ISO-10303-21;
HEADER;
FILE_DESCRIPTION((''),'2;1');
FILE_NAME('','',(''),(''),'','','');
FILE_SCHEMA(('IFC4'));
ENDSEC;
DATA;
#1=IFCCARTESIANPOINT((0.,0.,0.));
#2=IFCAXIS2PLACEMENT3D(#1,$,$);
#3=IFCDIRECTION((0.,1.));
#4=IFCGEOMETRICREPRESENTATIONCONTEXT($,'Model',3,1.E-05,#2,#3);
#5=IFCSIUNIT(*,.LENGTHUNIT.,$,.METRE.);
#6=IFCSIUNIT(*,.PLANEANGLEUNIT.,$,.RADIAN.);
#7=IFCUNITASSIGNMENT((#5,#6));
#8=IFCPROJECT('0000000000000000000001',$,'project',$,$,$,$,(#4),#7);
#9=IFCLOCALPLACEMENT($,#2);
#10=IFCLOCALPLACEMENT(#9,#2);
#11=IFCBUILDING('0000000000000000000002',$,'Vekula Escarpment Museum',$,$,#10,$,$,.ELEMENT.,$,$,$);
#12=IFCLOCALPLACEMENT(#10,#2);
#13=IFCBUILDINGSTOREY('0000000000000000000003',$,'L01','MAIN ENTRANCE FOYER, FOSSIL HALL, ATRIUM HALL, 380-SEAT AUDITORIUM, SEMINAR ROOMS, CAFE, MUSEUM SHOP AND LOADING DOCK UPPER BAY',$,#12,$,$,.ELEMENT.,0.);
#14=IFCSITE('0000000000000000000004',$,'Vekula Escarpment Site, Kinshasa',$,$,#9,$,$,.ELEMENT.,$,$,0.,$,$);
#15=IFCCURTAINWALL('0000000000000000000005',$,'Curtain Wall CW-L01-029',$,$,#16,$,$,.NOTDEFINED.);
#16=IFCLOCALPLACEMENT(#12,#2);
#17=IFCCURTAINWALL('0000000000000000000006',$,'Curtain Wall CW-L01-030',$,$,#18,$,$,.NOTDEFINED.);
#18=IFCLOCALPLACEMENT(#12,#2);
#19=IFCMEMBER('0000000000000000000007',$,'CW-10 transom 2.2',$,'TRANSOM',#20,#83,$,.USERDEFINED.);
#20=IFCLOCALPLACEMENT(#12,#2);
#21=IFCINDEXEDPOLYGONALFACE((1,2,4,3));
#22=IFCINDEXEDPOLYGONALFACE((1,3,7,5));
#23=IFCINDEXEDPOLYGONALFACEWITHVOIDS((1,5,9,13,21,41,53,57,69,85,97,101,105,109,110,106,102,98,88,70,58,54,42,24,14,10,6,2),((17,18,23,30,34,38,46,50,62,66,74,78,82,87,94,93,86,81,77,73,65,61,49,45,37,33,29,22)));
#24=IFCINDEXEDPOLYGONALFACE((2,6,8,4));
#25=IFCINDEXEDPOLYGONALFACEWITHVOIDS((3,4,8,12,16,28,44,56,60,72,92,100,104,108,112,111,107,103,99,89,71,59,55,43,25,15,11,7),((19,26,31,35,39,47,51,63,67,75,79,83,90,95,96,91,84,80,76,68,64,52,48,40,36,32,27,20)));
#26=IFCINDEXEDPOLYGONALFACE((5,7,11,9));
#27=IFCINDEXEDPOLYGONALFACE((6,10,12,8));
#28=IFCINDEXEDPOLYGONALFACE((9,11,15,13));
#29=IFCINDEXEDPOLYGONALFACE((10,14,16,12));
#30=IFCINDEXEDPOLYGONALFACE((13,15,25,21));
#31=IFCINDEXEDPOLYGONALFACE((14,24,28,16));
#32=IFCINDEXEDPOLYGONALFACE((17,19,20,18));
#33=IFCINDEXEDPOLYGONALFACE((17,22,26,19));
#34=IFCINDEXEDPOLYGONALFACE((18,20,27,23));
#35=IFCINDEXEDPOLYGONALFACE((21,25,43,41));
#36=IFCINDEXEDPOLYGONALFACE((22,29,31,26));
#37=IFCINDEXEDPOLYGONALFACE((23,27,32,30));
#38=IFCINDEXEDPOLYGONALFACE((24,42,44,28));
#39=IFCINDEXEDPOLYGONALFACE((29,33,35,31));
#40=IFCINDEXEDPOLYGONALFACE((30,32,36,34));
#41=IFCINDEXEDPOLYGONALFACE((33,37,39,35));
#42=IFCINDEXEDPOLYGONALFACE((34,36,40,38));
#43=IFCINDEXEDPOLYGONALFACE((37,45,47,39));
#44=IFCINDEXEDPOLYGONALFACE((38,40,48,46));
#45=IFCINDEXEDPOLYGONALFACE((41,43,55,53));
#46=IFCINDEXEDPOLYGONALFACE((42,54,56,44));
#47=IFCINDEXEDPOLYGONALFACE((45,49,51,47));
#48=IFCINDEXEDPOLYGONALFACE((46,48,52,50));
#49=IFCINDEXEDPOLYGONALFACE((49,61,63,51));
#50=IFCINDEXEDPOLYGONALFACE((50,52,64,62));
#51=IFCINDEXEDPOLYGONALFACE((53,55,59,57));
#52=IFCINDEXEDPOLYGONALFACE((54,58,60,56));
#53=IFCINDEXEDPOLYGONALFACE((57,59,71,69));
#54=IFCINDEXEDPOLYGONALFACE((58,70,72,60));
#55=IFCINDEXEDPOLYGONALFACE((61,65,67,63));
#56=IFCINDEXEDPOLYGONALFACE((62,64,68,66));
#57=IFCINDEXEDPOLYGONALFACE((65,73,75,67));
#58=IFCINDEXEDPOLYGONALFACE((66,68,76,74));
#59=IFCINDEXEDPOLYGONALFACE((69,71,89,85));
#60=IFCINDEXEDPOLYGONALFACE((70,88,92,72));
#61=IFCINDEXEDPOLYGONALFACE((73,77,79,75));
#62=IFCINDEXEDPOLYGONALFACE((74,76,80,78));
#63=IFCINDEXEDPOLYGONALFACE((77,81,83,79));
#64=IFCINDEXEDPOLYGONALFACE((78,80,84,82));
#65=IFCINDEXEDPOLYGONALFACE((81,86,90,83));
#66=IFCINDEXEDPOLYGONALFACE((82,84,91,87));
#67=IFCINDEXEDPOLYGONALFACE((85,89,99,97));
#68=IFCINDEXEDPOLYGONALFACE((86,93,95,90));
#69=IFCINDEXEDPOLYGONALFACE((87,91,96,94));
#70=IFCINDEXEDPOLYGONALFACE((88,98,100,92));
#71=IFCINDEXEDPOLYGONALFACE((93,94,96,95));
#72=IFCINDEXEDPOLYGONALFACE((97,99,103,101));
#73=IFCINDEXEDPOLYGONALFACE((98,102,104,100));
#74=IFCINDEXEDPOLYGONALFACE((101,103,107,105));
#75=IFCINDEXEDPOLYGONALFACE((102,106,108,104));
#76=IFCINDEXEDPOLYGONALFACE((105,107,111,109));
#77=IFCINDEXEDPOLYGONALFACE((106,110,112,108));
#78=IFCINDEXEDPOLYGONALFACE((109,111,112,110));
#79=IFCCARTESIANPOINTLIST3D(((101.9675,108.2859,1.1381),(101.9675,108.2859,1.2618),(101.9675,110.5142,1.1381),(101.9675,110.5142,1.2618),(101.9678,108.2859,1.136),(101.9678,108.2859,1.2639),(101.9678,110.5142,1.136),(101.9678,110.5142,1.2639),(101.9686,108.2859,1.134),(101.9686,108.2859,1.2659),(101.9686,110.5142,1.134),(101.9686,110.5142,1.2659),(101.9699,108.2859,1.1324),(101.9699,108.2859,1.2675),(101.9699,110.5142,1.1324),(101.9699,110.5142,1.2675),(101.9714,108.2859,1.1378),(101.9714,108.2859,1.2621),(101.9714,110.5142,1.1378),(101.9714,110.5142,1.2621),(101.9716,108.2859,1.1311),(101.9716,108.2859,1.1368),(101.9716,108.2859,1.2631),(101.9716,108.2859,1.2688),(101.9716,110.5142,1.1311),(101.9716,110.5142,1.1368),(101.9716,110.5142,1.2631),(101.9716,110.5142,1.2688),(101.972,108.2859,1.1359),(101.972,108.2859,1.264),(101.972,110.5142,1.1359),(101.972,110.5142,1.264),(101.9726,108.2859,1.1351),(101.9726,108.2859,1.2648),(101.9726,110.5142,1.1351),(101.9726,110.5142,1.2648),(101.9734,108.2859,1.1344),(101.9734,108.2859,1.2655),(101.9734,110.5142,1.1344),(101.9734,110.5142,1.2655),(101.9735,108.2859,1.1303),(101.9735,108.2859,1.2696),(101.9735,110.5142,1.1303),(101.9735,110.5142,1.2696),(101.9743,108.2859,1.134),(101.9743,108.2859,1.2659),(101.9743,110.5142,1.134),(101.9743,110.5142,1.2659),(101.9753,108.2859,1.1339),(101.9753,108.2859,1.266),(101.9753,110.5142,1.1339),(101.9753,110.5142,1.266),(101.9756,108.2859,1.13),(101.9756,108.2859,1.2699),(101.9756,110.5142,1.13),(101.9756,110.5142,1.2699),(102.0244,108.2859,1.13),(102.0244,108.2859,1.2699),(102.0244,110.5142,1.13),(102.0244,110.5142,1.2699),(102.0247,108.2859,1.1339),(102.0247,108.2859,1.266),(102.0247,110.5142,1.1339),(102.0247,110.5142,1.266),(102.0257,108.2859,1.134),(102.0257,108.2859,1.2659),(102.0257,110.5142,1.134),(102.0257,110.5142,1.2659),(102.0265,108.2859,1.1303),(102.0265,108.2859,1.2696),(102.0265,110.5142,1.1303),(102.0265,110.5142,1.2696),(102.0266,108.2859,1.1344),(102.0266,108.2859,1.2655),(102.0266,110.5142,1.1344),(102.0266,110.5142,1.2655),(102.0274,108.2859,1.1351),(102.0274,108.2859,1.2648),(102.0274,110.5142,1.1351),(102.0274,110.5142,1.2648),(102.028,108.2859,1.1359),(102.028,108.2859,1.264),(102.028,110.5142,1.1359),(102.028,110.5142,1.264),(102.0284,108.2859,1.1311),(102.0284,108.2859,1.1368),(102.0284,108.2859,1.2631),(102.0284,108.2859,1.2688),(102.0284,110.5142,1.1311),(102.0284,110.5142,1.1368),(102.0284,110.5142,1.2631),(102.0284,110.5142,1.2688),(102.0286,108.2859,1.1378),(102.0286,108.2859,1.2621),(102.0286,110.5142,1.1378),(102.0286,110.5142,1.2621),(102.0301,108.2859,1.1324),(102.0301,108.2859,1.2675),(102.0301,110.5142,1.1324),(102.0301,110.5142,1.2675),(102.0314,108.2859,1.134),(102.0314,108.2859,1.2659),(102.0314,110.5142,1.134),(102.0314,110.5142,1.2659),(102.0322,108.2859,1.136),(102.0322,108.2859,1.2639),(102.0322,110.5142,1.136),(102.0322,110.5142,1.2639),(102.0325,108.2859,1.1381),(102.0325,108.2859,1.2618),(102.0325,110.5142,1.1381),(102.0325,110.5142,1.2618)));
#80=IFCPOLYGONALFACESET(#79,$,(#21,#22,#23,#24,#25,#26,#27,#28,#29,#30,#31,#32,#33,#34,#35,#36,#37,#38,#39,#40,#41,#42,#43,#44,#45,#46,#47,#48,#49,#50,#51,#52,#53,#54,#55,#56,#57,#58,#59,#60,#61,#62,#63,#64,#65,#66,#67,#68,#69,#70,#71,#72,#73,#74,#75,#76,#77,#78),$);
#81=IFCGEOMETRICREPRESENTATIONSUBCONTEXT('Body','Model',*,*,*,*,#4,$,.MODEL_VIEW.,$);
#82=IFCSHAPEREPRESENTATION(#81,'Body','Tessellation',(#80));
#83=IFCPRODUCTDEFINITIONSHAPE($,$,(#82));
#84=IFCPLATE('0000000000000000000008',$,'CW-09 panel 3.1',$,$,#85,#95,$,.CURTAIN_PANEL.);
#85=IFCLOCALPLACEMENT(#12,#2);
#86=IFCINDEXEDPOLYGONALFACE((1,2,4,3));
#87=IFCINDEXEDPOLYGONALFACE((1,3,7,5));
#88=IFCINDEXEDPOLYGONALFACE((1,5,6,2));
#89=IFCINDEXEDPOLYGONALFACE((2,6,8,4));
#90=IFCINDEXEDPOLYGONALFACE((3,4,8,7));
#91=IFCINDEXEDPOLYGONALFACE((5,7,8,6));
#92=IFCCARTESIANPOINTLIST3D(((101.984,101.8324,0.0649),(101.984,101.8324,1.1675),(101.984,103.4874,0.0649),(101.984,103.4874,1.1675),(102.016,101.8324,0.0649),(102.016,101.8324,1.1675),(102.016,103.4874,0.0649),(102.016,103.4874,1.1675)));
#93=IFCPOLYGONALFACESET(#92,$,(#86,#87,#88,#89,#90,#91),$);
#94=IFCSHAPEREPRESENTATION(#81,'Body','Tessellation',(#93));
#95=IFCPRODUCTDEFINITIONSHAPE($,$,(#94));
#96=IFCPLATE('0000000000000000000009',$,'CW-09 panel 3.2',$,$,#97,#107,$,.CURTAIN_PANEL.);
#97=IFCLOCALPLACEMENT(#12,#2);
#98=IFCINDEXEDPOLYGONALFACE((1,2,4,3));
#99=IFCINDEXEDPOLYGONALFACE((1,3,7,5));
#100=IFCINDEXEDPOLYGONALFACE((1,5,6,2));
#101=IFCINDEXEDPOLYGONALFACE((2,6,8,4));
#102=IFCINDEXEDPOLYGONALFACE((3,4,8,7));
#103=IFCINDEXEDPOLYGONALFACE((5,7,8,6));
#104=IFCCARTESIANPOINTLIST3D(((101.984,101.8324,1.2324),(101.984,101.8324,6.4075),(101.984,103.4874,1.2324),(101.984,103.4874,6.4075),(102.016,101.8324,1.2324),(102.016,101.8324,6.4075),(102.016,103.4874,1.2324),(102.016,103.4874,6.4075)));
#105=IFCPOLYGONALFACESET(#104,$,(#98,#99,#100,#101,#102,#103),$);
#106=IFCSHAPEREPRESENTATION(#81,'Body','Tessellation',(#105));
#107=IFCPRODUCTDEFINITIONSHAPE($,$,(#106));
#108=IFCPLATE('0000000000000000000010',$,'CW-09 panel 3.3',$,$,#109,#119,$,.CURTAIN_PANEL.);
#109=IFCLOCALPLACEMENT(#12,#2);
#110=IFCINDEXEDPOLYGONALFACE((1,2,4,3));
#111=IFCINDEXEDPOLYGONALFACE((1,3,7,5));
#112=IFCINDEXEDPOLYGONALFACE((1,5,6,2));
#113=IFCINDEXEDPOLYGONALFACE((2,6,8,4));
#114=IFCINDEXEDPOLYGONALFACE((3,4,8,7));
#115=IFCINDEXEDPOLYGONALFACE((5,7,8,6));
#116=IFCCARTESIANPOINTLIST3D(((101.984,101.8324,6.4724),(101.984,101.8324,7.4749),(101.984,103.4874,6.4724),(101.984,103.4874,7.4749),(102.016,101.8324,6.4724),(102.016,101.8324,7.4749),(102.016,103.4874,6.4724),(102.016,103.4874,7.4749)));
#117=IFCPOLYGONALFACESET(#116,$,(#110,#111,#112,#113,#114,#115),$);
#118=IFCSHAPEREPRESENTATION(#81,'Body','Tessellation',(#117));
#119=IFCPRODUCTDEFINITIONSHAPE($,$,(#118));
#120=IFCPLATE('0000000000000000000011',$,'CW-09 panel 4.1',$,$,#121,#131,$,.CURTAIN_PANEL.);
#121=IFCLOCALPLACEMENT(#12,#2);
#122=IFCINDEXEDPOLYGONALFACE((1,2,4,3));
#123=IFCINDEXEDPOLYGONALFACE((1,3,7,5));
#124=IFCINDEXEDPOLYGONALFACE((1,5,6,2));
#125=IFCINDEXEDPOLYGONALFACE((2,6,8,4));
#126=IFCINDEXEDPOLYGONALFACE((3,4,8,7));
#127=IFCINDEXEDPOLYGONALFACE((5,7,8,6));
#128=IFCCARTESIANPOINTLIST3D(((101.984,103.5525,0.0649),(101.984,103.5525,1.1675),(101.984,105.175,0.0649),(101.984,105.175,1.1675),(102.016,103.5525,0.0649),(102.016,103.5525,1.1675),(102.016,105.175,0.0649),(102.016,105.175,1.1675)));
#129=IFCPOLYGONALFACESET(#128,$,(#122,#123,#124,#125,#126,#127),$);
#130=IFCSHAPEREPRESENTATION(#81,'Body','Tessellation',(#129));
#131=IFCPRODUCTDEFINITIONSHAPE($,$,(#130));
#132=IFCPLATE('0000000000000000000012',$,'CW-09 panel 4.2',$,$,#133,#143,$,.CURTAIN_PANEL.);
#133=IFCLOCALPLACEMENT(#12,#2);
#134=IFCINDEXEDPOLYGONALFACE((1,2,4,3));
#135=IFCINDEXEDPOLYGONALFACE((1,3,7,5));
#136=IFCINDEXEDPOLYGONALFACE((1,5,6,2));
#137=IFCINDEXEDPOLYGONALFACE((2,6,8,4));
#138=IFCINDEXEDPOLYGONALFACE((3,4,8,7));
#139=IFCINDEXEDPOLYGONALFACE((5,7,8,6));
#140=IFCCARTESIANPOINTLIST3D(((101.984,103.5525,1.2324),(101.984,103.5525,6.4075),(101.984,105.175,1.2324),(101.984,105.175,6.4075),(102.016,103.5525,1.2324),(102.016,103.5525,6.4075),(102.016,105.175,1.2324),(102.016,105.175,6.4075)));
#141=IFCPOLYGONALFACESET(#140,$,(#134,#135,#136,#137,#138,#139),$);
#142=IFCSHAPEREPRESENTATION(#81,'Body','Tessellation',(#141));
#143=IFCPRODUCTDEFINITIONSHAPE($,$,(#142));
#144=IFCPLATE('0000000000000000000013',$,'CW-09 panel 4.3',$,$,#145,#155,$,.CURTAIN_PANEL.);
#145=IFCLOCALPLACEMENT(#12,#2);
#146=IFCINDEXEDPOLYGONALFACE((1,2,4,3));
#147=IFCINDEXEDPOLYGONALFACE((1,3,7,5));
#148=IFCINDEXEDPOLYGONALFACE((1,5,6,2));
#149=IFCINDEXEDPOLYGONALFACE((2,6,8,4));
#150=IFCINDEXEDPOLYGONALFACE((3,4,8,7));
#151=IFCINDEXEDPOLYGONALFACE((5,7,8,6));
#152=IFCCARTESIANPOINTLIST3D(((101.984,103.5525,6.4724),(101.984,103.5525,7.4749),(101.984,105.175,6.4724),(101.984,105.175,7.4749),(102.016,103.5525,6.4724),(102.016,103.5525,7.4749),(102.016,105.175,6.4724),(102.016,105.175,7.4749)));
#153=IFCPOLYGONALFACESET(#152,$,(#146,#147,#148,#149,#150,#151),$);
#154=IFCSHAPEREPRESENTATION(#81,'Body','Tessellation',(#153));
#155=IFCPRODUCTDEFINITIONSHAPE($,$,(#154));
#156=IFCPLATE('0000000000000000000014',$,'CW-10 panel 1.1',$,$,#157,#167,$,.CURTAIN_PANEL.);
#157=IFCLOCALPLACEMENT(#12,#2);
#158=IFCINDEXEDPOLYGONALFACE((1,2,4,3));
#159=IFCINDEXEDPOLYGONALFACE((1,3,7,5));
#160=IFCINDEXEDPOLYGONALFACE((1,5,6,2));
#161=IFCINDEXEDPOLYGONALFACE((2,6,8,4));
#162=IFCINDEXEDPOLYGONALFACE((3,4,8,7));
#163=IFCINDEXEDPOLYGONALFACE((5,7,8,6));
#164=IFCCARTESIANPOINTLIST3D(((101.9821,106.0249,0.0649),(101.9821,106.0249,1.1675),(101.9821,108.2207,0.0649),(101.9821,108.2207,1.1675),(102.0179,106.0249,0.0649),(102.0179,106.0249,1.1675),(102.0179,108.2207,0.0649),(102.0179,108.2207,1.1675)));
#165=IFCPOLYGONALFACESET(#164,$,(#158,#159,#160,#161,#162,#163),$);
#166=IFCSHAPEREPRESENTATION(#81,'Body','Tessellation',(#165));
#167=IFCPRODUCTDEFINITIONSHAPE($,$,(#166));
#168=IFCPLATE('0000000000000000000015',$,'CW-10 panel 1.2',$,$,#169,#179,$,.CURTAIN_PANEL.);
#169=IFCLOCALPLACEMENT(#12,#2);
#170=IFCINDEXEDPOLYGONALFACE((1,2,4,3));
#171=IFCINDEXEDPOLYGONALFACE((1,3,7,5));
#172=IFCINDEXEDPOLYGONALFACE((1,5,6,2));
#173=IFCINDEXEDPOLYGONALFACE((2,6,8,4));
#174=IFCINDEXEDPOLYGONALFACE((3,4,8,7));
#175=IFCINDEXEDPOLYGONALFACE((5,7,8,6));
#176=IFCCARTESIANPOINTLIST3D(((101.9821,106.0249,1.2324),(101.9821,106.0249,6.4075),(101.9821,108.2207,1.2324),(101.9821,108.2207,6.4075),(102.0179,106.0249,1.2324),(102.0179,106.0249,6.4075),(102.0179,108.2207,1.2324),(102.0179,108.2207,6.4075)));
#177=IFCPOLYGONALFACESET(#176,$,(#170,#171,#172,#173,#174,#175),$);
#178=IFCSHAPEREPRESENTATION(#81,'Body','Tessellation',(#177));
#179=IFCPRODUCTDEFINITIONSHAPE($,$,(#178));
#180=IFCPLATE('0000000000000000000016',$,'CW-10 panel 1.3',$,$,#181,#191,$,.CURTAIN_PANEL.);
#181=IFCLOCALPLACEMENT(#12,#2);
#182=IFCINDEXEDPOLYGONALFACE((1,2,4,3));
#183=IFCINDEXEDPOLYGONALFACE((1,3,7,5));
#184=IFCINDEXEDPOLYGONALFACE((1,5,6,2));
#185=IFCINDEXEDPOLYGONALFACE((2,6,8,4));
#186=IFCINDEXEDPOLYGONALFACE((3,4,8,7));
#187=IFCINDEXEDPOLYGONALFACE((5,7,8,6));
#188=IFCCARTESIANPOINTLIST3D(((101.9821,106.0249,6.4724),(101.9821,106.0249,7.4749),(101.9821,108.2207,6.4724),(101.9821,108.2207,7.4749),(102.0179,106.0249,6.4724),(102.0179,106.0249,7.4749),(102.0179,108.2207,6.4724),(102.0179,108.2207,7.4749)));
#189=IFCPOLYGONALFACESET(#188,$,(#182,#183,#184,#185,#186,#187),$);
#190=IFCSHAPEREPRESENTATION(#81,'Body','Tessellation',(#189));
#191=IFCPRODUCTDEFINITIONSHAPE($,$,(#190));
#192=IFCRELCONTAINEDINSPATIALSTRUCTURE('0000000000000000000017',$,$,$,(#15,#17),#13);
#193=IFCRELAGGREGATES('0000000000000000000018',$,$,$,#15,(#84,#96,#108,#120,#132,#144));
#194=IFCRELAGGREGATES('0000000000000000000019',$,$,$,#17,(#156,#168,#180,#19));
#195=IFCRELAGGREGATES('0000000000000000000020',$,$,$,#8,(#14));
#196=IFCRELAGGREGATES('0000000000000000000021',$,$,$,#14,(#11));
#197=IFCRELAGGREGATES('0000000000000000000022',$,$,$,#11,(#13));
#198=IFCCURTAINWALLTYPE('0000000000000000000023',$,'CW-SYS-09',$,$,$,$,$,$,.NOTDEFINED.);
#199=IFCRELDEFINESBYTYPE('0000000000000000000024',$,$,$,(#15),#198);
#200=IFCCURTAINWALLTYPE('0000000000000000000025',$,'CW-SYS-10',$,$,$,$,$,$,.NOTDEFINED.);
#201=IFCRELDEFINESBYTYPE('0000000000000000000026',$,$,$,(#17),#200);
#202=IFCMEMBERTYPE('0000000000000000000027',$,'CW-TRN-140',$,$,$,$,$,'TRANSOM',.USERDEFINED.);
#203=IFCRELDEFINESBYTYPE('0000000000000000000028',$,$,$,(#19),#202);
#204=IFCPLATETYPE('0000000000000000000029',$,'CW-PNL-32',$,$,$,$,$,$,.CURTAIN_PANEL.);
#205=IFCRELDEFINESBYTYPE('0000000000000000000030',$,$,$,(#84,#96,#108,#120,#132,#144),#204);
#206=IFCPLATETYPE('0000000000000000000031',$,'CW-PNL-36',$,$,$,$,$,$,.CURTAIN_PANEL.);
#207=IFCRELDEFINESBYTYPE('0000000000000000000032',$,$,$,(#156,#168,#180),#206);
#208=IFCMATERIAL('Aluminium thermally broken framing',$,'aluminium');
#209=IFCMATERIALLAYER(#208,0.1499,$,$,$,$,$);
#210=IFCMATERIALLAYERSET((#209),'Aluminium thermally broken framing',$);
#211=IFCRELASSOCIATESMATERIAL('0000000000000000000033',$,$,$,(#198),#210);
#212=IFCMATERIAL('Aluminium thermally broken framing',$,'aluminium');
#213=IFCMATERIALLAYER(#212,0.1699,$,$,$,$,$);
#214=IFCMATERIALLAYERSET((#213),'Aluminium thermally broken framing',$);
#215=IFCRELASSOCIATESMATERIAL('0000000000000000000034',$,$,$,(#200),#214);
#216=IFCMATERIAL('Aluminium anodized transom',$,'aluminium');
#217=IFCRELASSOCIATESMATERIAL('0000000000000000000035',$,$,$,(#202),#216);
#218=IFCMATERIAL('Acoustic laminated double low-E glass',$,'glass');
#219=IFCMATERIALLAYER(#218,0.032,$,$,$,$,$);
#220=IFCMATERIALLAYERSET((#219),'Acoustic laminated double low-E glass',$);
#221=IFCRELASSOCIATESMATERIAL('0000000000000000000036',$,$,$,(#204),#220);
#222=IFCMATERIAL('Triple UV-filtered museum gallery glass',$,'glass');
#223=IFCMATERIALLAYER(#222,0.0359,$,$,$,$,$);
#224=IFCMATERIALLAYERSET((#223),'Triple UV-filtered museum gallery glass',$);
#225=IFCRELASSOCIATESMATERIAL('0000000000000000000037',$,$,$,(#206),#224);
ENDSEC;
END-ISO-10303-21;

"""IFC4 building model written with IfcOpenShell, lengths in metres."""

from ifc_helpers import new_model, si_unit, direction, frame, origin, origin_2d, place, context, subcontext, project, spatial, rectangle, hollow_rectangle, extrude, material, layer, layer_set, material_profile, profile_set, type_object, element, aggregate, save


model = new_model("IFC4")

# Units and contexts
model_context = context("Model", 3, precision=1e-05, world=origin(), true_north=direction((0.0, 1.0)))
body_context = subcontext(model_context, "Body", "Model", "MODEL_VIEW")
ifc_project = project(units=[si_unit("LENGTHUNIT", "METRE"), si_unit("PLANEANGLEUNIT", "RADIAN")], contexts=[model_context])

# Site, building, storey
site_placement = place(None, origin())
site = spatial("IfcSite", under=ifc_project, at=site_placement, Name="Vekula Escarpment Site, Kinshasa", CompositionType="ELEMENT", RefElevation=0.0)
building_placement = place(site_placement, origin())
building = spatial("IfcBuilding", under=site, at=building_placement, Name="Vekula Escarpment Museum", CompositionType="ELEMENT")
storey_placement = place(building_placement, origin())
storey = spatial("IfcBuildingStorey", under=building, at=storey_placement, Name="L01", Description="MAIN ENTRANCE FOYER, FOSSIL HALL, ATRIUM HALL, 380-SEAT AUDITORIUM, SEMINAR ROOMS, CAFE, MUSEUM SHOP AND LOADING DOCK UPPER BAY", CompositionType="ELEMENT", Elevation=0.0)

# Curtain walls
ifc_material_1 = material(Name="Aluminium thermally broken framing", Category="aluminium")
ifc_layer_1 = layer(ifc_material_1, 0.1499)
ifc_layer_set_1 = layer_set([ifc_layer_1], Name="Aluminium thermally broken framing")
curtain_wall_type_1 = type_object("IfcCurtainWallType", Name="CW-SYS-09", PredefinedType="NOTDEFINED", material=ifc_layer_set_1)
curtain_wall_1_placement = place(storey_placement, origin())
curtain_wall_1 = element("IfcCurtainWall", 1, at=curtain_wall_1_placement, inside=storey, type_object=curtain_wall_type_1, Name="Curtain Wall CW-L01-029", PredefinedType="NOTDEFINED")
ifc_material_2 = material(Name="Aluminium thermally broken framing", Category="aluminium")
ifc_layer_2 = layer(ifc_material_2, 0.1699)
ifc_layer_set_2 = layer_set([ifc_layer_2], Name="Aluminium thermally broken framing")
curtain_wall_type_2 = type_object("IfcCurtainWallType", Name="CW-SYS-10", PredefinedType="NOTDEFINED", material=ifc_layer_set_2)
curtain_wall_2_placement = place(storey_placement, origin())
curtain_wall_2 = element("IfcCurtainWall", 2, at=curtain_wall_2_placement, inside=storey, type_object=curtain_wall_type_2, Name="Curtain Wall CW-L01-030", PredefinedType="NOTDEFINED")

# Member
ifc_material_3 = material(Name="Aluminium anodized transom", Category="aluminium")
ifc_material_profile_1 = material_profile(ifc_material_3, hollow_rectangle(XDim=0.0649, YDim=0.1399, WallThickness=0.0039, InnerFilletRadius=0.0039, OuterFilletRadius=0.0081, at=origin_2d()), Name="ALU 140x65x4")
ifc_profile_set_1 = profile_set([ifc_material_profile_1], Name="Aluminium anodized transom")
member_type_1 = type_object("IfcMemberType", Name="CW-TRN-140", ElementType="TRANSOM", PredefinedType="USERDEFINED", material=ifc_profile_set_1)
member_1_placement = place(storey_placement, frame((102.0, 108.2859, 1.2), z_axis=(0.0, 1.0, 0.0), x_axis=(-1.0, 0.0, 0.0)))
member_1 = element("IfcMember", 3, at=member_1_placement, type_object=member_type_1, Name="CW-10 transom 2.2", ObjectType="TRANSOM", PredefinedType="USERDEFINED", context=body_context, shape_type="SweptSolid", body=[
    extrude(hollow_rectangle(XDim=0.0649, YDim=0.1399, WallThickness=0.0039, InnerFilletRadius=0.0039, OuterFilletRadius=0.0081, at=origin_2d()), origin(), (0.0, 0.0, 1.0), 2.2283),
])

# Plates
ifc_material_4 = material(Name="Acoustic laminated double low-E glass", Category="glass")
ifc_layer_3 = layer(ifc_material_4, 0.032)
ifc_layer_set_3 = layer_set([ifc_layer_3], Name="Acoustic laminated double low-E glass")
plate_type_1 = type_object("IfcPlateType", Name="CW-PNL-32", PredefinedType="CURTAIN_PANEL", material=ifc_layer_set_3)
plate_1_placement = place(storey_placement, frame((102.0, 102.6599, 0.0649), z_axis=(0.0, 0.0, 1.0), x_axis=(0.0, 1.0, 0.0)))
plate_1 = element("IfcPlate", 4, at=plate_1_placement, type_object=plate_type_1, Name="CW-09 panel 3.1", PredefinedType="CURTAIN_PANEL", context=body_context, shape_type="SweptSolid", body=[
    extrude(rectangle(XDim=1.655, YDim=0.032, at=origin_2d()), origin(), (0.0, 0.0, 1.0), 1.1025),
])
plate_2_placement = place(storey_placement, frame((102.0, 102.6599, 1.2324), z_axis=(0.0, 0.0, 1.0), x_axis=(0.0, 1.0, 0.0)))
plate_2 = element("IfcPlate", 5, at=plate_2_placement, type_object=plate_type_1, Name="CW-09 panel 3.2", PredefinedType="CURTAIN_PANEL", context=body_context, shape_type="SweptSolid", body=[
    extrude(rectangle(XDim=1.655, YDim=0.032, at=origin_2d()), origin(), (0.0, 0.0, 1.0), 5.175),
])
plate_3_placement = place(storey_placement, frame((102.0, 102.6599, 6.4724), z_axis=(0.0, 0.0, 1.0), x_axis=(0.0, 1.0, 0.0)))
plate_3 = element("IfcPlate", 6, at=plate_3_placement, type_object=plate_type_1, Name="CW-09 panel 3.3", PredefinedType="CURTAIN_PANEL", context=body_context, shape_type="SweptSolid", body=[
    extrude(rectangle(XDim=1.655, YDim=0.032, at=origin_2d()), origin(), (0.0, 0.0, 1.0), 1.0024),
])
plate_4_placement = place(storey_placement, frame((102.0, 104.3638, 0.0649), z_axis=(0.0, 0.0, 1.0), x_axis=(0.0, 1.0, 0.0)))
plate_4 = element("IfcPlate", 7, at=plate_4_placement, type_object=plate_type_1, Name="CW-09 panel 4.1", PredefinedType="CURTAIN_PANEL", context=body_context, shape_type="SweptSolid", body=[
    extrude(rectangle(XDim=1.6226, YDim=0.032, at=origin_2d()), origin(), (0.0, 0.0, 1.0), 1.1025),
])
plate_5_placement = place(storey_placement, frame((102.0, 104.3638, 1.2324), z_axis=(0.0, 0.0, 1.0), x_axis=(0.0, 1.0, 0.0)))
plate_5 = element("IfcPlate", 8, at=plate_5_placement, type_object=plate_type_1, Name="CW-09 panel 4.2", PredefinedType="CURTAIN_PANEL", context=body_context, shape_type="SweptSolid", body=[
    extrude(rectangle(XDim=1.6226, YDim=0.032, at=origin_2d()), origin(), (0.0, 0.0, 1.0), 5.175),
])
plate_6_placement = place(storey_placement, frame((102.0, 104.3638, 6.4724), z_axis=(0.0, 0.0, 1.0), x_axis=(0.0, 1.0, 0.0)))
plate_6 = element("IfcPlate", 9, at=plate_6_placement, type_object=plate_type_1, Name="CW-09 panel 4.3", PredefinedType="CURTAIN_PANEL", context=body_context, shape_type="SweptSolid", body=[
    extrude(rectangle(XDim=1.6226, YDim=0.032, at=origin_2d()), origin(), (0.0, 0.0, 1.0), 1.0024),
])
aggregate(curtain_wall_1, [plate_1, plate_2, plate_3, plate_4, plate_5, plate_6])
ifc_material_5 = material(Name="Triple UV-filtered museum gallery glass", Category="glass")
ifc_layer_4 = layer(ifc_material_5, 0.0359)
ifc_layer_set_4 = layer_set([ifc_layer_4], Name="Triple UV-filtered museum gallery glass")
plate_type_2 = type_object("IfcPlateType", Name="CW-PNL-36", PredefinedType="CURTAIN_PANEL", material=ifc_layer_set_4)
plate_7_placement = place(storey_placement, frame((102.0, 107.1228, 0.0649), z_axis=(0.0, 0.0, 1.0), x_axis=(0.0, 1.0, 0.0)))
plate_7 = element("IfcPlate", 10, at=plate_7_placement, type_object=plate_type_2, Name="CW-10 panel 1.1", PredefinedType="CURTAIN_PANEL", context=body_context, shape_type="SweptSolid", body=[
    extrude(rectangle(XDim=2.1958, YDim=0.0359, at=origin_2d()), origin(), (0.0, 0.0, 1.0), 1.1025),
])
plate_8_placement = place(storey_placement, frame((102.0, 107.1228, 1.2324), z_axis=(0.0, 0.0, 1.0), x_axis=(0.0, 1.0, 0.0)))
plate_8 = element("IfcPlate", 11, at=plate_8_placement, type_object=plate_type_2, Name="CW-10 panel 1.2", PredefinedType="CURTAIN_PANEL", context=body_context, shape_type="SweptSolid", body=[
    extrude(rectangle(XDim=2.1958, YDim=0.0359, at=origin_2d()), origin(), (0.0, 0.0, 1.0), 5.175),
])
plate_9_placement = place(storey_placement, frame((102.0, 107.1228, 6.4724), z_axis=(0.0, 0.0, 1.0), x_axis=(0.0, 1.0, 0.0)))
plate_9 = element("IfcPlate", 12, at=plate_9_placement, type_object=plate_type_2, Name="CW-10 panel 1.3", PredefinedType="CURTAIN_PANEL", context=body_context, shape_type="SweptSolid", body=[
    extrude(rectangle(XDim=2.1958, YDim=0.0359, at=origin_2d()), origin(), (0.0, 0.0, 1.0), 1.0024),
])
aggregate(curtain_wall_2, [plate_7, plate_8, plate_9, member_1])

save(model, "model.ifc")
